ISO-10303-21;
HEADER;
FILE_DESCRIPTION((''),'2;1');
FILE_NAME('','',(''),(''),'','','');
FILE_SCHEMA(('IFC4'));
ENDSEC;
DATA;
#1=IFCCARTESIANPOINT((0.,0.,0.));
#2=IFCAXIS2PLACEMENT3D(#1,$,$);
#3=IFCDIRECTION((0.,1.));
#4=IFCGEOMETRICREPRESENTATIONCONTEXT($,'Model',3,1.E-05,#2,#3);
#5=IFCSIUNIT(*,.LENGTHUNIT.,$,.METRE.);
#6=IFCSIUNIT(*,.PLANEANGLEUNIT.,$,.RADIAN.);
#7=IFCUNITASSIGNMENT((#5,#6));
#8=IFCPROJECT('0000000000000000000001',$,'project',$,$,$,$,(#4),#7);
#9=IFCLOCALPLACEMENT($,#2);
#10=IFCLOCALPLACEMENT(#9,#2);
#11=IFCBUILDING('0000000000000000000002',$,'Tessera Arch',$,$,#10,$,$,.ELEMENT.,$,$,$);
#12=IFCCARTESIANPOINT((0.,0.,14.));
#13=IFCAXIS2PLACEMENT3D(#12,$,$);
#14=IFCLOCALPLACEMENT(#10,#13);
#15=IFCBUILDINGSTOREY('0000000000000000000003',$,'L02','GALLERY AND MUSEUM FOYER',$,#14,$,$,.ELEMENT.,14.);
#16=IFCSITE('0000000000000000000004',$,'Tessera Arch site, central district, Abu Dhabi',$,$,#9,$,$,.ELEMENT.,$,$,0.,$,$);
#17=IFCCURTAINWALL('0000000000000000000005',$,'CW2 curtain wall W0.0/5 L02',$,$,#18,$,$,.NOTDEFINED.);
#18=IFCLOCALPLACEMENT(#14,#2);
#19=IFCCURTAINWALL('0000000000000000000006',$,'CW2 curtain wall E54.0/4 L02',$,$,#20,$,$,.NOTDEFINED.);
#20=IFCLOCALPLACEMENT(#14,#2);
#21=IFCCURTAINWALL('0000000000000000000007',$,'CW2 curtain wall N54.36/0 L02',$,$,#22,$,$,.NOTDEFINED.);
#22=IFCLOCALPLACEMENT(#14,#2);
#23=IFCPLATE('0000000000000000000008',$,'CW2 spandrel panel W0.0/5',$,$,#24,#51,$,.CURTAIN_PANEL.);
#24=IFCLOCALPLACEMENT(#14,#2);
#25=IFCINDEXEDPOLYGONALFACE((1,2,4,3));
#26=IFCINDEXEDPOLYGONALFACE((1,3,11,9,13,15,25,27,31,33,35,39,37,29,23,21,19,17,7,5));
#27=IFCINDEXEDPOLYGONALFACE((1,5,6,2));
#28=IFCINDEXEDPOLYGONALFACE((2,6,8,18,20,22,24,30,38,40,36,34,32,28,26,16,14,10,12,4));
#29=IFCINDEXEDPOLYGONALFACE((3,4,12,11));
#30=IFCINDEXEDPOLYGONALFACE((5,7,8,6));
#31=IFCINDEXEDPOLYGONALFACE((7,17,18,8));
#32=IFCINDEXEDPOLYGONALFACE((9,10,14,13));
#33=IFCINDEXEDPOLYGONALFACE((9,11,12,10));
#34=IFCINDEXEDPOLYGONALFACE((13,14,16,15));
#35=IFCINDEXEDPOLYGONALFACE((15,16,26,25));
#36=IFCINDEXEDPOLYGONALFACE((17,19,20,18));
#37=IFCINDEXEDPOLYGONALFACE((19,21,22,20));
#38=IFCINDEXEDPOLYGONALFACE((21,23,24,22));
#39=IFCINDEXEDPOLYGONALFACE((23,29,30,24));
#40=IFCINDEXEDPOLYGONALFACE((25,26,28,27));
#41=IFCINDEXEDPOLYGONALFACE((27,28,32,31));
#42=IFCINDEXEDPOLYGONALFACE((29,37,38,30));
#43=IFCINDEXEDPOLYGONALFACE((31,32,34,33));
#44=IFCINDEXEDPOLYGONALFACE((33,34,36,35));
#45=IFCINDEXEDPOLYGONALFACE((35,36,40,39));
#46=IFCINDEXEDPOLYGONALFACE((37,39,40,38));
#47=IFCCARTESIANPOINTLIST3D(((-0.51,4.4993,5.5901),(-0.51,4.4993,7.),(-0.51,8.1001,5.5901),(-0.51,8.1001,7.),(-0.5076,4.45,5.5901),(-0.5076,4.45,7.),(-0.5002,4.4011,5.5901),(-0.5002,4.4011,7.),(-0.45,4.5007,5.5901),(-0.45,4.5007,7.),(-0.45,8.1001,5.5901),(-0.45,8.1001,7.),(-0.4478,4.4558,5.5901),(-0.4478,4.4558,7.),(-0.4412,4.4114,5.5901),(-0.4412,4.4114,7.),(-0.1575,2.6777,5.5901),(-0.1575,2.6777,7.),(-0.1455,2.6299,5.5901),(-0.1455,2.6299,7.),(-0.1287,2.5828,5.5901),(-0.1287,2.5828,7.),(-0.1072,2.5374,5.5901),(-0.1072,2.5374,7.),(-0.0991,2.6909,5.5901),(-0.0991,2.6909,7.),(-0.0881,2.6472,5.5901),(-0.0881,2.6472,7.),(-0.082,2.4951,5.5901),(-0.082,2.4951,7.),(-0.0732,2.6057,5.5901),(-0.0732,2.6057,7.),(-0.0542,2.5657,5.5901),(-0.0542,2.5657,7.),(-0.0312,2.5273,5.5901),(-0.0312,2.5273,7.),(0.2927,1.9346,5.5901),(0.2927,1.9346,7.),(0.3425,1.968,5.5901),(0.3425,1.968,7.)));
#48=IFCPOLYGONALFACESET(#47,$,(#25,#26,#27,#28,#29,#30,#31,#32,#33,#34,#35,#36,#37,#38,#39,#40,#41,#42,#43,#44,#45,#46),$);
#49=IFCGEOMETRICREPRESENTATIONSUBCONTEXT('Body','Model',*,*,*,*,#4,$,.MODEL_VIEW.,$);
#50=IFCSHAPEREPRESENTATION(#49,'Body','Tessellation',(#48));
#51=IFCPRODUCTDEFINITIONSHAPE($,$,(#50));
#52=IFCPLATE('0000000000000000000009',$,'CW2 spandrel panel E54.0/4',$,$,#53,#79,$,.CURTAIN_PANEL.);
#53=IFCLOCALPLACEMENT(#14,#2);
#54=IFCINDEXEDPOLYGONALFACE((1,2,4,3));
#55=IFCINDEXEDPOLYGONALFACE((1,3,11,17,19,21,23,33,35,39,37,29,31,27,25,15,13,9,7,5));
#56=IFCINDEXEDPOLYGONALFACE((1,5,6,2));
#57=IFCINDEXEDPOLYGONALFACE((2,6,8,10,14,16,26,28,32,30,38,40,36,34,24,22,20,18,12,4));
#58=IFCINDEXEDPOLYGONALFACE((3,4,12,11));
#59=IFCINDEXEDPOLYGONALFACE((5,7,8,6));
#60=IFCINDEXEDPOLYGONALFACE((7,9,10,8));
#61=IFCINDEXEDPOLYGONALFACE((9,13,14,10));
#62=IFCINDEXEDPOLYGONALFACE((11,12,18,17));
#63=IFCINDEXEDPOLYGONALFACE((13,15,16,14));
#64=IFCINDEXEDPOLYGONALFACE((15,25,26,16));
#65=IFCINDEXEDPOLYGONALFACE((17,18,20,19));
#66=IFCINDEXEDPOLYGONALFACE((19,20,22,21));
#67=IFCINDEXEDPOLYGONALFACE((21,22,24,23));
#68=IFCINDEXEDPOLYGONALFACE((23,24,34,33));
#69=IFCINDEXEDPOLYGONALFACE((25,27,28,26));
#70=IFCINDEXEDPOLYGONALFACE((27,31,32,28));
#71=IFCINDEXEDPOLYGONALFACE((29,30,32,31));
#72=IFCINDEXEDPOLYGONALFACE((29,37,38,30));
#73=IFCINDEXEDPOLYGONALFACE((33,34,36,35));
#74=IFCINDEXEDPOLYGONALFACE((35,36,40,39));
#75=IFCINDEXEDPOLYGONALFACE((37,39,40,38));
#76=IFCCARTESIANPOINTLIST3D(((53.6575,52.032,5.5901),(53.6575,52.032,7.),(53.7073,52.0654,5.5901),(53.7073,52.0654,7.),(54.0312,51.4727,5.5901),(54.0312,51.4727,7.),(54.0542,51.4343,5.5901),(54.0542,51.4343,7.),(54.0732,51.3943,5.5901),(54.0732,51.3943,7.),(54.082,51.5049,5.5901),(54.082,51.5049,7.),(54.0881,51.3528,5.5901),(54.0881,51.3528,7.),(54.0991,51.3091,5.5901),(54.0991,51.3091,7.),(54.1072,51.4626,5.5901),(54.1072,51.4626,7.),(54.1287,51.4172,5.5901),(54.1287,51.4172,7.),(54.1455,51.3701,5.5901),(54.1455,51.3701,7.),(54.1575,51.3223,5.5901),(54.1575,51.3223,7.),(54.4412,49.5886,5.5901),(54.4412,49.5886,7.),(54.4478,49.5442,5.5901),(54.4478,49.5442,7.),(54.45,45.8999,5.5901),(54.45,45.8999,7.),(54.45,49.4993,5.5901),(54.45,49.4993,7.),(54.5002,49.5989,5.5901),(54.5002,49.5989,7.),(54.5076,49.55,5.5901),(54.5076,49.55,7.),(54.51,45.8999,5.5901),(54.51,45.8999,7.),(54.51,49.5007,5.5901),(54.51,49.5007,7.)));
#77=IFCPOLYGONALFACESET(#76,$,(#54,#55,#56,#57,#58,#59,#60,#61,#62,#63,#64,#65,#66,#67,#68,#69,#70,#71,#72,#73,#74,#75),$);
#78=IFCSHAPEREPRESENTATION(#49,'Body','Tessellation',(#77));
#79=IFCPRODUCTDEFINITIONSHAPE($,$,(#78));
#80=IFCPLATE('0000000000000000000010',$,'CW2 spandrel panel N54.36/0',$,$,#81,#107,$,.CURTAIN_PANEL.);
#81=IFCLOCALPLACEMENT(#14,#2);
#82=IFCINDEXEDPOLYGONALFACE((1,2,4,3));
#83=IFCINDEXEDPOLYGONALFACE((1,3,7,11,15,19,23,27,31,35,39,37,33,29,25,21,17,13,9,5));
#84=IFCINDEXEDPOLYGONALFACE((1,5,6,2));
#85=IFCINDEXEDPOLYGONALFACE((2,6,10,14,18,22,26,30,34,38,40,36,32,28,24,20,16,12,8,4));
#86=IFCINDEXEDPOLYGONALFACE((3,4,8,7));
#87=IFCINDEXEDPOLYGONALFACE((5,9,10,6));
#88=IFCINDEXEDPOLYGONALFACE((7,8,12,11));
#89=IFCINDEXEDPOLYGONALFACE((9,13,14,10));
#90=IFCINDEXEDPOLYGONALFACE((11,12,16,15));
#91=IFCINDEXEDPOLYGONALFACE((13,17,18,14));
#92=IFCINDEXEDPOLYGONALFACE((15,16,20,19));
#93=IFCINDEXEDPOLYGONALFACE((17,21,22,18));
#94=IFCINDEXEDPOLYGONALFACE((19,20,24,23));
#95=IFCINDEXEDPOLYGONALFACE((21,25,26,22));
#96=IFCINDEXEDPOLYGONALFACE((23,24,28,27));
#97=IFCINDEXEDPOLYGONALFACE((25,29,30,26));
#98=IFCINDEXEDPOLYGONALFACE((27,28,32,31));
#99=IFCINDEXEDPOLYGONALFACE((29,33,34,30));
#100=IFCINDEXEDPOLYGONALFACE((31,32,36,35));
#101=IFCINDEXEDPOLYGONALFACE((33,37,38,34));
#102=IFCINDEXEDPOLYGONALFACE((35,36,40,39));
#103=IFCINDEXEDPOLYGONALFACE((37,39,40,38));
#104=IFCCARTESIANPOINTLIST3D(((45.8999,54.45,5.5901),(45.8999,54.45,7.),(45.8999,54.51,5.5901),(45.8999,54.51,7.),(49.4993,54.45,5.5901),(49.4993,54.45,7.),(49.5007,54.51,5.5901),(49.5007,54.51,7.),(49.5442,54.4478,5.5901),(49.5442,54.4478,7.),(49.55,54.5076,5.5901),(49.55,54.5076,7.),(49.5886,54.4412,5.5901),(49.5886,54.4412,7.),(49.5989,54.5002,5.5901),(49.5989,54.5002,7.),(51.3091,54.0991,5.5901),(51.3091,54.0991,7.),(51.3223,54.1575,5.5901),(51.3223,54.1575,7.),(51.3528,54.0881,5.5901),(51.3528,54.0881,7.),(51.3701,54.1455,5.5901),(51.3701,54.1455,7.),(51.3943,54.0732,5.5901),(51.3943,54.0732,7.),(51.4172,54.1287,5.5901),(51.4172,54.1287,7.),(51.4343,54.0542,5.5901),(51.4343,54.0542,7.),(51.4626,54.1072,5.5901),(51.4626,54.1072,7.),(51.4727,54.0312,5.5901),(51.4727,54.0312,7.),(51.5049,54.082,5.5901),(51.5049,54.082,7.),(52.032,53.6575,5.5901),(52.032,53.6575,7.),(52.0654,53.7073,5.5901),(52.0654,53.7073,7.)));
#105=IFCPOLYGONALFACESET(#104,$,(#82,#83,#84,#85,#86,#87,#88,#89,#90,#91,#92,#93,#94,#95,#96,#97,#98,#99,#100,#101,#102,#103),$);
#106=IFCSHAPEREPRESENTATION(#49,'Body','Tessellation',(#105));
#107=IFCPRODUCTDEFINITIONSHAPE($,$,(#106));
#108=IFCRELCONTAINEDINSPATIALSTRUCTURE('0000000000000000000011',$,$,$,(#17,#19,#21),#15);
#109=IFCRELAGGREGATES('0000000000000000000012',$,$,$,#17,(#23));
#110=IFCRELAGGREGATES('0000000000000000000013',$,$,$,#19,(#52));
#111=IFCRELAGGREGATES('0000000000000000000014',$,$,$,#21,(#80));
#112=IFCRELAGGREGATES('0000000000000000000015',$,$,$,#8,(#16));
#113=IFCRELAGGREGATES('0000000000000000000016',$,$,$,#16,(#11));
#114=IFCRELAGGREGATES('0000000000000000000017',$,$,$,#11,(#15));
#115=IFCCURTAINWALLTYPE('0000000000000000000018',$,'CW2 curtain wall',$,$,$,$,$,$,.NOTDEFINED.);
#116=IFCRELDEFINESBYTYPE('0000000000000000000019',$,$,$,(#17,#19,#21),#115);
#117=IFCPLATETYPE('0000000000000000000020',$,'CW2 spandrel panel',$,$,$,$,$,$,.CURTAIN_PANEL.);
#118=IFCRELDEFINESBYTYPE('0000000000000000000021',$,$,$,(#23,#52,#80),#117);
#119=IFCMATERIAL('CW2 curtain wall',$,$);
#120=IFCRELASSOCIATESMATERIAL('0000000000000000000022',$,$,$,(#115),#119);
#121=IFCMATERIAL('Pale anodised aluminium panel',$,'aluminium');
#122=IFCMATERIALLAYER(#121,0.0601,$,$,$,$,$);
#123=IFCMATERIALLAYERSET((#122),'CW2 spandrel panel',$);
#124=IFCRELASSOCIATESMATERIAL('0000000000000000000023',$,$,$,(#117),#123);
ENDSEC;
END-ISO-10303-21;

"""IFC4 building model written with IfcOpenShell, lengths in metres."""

from ifc_helpers import new_model, si_unit, direction, frame, origin, place, context, subcontext, project, spatial, polyline, outline, extrude, material, layer, layer_set, type_object, element, aggregate, save


model = new_model("IFC4")

# Units and contexts
model_context = context("Model", 3, precision=1e-05, world=origin(), true_north=direction((0.0, 1.0)))
body_context = subcontext(model_context, "Body", "Model", "MODEL_VIEW")
ifc_project = project(units=[si_unit("LENGTHUNIT", "METRE"), si_unit("PLANEANGLEUNIT", "RADIAN")], contexts=[model_context])

# Site, building, storey
site_placement = place(None, origin())
site = spatial("IfcSite", under=ifc_project, at=site_placement, Name="Tessera Arch site, central district, Abu Dhabi", CompositionType="ELEMENT", RefElevation=0.0)
building_placement = place(site_placement, origin())
building = spatial("IfcBuilding", under=site, at=building_placement, Name="Tessera Arch", CompositionType="ELEMENT")
storey_placement = place(building_placement, frame((0.0, 0.0, 14.0)))
storey = spatial("IfcBuildingStorey", under=building, at=storey_placement, Name="L02", Description="GALLERY AND MUSEUM FOYER", CompositionType="ELEMENT", Elevation=14.0)

# Curtain walls
ifc_material_1 = material(Name="CW2 curtain wall")
curtain_wall_type = type_object("IfcCurtainWallType", Name="CW2 curtain wall", PredefinedType="NOTDEFINED", material=ifc_material_1)
curtain_wall_1_placement = place(storey_placement, origin())
curtain_wall_1 = element("IfcCurtainWall", 1, at=curtain_wall_1_placement, inside=storey, type_object=curtain_wall_type, Name="CW2 curtain wall W0.0/5 L02", PredefinedType="NOTDEFINED")
curtain_wall_2_placement = place(storey_placement, origin())
curtain_wall_2 = element("IfcCurtainWall", 2, at=curtain_wall_2_placement, inside=storey, type_object=curtain_wall_type, Name="CW2 curtain wall E54.0/4 L02", PredefinedType="NOTDEFINED")
curtain_wall_3_placement = place(storey_placement, origin())
curtain_wall_3 = element("IfcCurtainWall", 3, at=curtain_wall_3_placement, inside=storey, type_object=curtain_wall_type, Name="CW2 curtain wall N54.36/0 L02", PredefinedType="NOTDEFINED")

# Plates
ifc_material_2 = material(Name="Pale anodised aluminium panel", Category="aluminium")
ifc_layer_1 = layer(ifc_material_2, 0.0601)
ifc_layer_set_1 = layer_set([ifc_layer_1], Name="CW2 spandrel panel")
plate_type_1 = type_object("IfcPlateType", Name="CW2 spandrel panel", PredefinedType="CURTAIN_PANEL", material=ifc_layer_set_1)
plate_1_placement = place(storey_placement, frame((0.0, 0.0, 5.5901)))
plate_1 = element("IfcPlate", 4, at=plate_1_placement, type_object=plate_type_1, Name="CW2 spandrel panel W0.0/5", PredefinedType="CURTAIN_PANEL", context=body_context, shape_type="SweptSolid", body=[
    extrude(outline(polyline([(-0.45, 4.5007), (-0.45, 8.1001), (-0.51, 8.1001), (-0.51, 4.4993), (-0.5076, 4.45), (-0.5002, 4.4011), (-0.1575, 2.6777), (-0.1455, 2.6299), (-0.1287, 2.5828), (-0.1072, 2.5374), (-0.082, 2.4951), (0.2927, 1.9346), (0.3425, 1.968), (-0.0312, 2.5273), (-0.0542, 2.5657), (-0.0732, 2.6057), (-0.0881, 2.6472), (-0.0991, 2.6909), (-0.4412, 4.4114), (-0.4478, 4.4558), (-0.45, 4.5007)])), origin(), (0.0, 0.0, 1.0), 1.4099),
])
aggregate(curtain_wall_1, [plate_1])
plate_2_placement = place(storey_placement, frame((0.0, 0.0, 5.5901)))
plate_2 = element("IfcPlate", 5, at=plate_2_placement, type_object=plate_type_1, Name="CW2 spandrel panel E54.0/4", PredefinedType="CURTAIN_PANEL", context=body_context, shape_type="SweptSolid", body=[
    extrude(outline(polyline([(54.45, 49.4993), (54.45, 45.8999), (54.51, 45.8999), (54.51, 49.5007), (54.5076, 49.55), (54.5002, 49.5989), (54.1575, 51.3223), (54.1455, 51.3701), (54.1287, 51.4172), (54.1072, 51.4626), (54.082, 51.5049), (53.7073, 52.0654), (53.6575, 52.032), (54.0312, 51.4727), (54.0542, 51.4343), (54.0732, 51.3943), (54.0881, 51.3528), (54.0991, 51.3091), (54.4412, 49.5886), (54.4478, 49.5442), (54.45, 49.4993)])), origin(), (0.0, 0.0, 1.0), 1.4099),
])
aggregate(curtain_wall_2, [plate_2])
plate_3_placement = place(storey_placement, frame((0.0, 0.0, 5.5901)))
plate_3 = element("IfcPlate", 6, at=plate_3_placement, type_object=plate_type_1, Name="CW2 spandrel panel N54.36/0", PredefinedType="CURTAIN_PANEL", context=body_context, shape_type="SweptSolid", body=[
    extrude(outline(polyline([(51.4727, 54.0312), (52.032, 53.6575), (52.0654, 53.7073), (51.5049, 54.082), (51.4626, 54.1072), (51.4172, 54.1287), (51.3701, 54.1455), (51.3223, 54.1575), (49.5989, 54.5002), (49.55, 54.5076), (49.5007, 54.51), (45.8999, 54.51), (45.8999, 54.45), (49.4993, 54.45), (49.5442, 54.4478), (49.5886, 54.4412), (51.3091, 54.0991), (51.3528, 54.0881), (51.3943, 54.0732), (51.4343, 54.0542), (51.4727, 54.0312)])), origin(), (0.0, 0.0, 1.0), 1.4099),
])
aggregate(curtain_wall_3, [plate_3])

save(model, "model.ifc")
